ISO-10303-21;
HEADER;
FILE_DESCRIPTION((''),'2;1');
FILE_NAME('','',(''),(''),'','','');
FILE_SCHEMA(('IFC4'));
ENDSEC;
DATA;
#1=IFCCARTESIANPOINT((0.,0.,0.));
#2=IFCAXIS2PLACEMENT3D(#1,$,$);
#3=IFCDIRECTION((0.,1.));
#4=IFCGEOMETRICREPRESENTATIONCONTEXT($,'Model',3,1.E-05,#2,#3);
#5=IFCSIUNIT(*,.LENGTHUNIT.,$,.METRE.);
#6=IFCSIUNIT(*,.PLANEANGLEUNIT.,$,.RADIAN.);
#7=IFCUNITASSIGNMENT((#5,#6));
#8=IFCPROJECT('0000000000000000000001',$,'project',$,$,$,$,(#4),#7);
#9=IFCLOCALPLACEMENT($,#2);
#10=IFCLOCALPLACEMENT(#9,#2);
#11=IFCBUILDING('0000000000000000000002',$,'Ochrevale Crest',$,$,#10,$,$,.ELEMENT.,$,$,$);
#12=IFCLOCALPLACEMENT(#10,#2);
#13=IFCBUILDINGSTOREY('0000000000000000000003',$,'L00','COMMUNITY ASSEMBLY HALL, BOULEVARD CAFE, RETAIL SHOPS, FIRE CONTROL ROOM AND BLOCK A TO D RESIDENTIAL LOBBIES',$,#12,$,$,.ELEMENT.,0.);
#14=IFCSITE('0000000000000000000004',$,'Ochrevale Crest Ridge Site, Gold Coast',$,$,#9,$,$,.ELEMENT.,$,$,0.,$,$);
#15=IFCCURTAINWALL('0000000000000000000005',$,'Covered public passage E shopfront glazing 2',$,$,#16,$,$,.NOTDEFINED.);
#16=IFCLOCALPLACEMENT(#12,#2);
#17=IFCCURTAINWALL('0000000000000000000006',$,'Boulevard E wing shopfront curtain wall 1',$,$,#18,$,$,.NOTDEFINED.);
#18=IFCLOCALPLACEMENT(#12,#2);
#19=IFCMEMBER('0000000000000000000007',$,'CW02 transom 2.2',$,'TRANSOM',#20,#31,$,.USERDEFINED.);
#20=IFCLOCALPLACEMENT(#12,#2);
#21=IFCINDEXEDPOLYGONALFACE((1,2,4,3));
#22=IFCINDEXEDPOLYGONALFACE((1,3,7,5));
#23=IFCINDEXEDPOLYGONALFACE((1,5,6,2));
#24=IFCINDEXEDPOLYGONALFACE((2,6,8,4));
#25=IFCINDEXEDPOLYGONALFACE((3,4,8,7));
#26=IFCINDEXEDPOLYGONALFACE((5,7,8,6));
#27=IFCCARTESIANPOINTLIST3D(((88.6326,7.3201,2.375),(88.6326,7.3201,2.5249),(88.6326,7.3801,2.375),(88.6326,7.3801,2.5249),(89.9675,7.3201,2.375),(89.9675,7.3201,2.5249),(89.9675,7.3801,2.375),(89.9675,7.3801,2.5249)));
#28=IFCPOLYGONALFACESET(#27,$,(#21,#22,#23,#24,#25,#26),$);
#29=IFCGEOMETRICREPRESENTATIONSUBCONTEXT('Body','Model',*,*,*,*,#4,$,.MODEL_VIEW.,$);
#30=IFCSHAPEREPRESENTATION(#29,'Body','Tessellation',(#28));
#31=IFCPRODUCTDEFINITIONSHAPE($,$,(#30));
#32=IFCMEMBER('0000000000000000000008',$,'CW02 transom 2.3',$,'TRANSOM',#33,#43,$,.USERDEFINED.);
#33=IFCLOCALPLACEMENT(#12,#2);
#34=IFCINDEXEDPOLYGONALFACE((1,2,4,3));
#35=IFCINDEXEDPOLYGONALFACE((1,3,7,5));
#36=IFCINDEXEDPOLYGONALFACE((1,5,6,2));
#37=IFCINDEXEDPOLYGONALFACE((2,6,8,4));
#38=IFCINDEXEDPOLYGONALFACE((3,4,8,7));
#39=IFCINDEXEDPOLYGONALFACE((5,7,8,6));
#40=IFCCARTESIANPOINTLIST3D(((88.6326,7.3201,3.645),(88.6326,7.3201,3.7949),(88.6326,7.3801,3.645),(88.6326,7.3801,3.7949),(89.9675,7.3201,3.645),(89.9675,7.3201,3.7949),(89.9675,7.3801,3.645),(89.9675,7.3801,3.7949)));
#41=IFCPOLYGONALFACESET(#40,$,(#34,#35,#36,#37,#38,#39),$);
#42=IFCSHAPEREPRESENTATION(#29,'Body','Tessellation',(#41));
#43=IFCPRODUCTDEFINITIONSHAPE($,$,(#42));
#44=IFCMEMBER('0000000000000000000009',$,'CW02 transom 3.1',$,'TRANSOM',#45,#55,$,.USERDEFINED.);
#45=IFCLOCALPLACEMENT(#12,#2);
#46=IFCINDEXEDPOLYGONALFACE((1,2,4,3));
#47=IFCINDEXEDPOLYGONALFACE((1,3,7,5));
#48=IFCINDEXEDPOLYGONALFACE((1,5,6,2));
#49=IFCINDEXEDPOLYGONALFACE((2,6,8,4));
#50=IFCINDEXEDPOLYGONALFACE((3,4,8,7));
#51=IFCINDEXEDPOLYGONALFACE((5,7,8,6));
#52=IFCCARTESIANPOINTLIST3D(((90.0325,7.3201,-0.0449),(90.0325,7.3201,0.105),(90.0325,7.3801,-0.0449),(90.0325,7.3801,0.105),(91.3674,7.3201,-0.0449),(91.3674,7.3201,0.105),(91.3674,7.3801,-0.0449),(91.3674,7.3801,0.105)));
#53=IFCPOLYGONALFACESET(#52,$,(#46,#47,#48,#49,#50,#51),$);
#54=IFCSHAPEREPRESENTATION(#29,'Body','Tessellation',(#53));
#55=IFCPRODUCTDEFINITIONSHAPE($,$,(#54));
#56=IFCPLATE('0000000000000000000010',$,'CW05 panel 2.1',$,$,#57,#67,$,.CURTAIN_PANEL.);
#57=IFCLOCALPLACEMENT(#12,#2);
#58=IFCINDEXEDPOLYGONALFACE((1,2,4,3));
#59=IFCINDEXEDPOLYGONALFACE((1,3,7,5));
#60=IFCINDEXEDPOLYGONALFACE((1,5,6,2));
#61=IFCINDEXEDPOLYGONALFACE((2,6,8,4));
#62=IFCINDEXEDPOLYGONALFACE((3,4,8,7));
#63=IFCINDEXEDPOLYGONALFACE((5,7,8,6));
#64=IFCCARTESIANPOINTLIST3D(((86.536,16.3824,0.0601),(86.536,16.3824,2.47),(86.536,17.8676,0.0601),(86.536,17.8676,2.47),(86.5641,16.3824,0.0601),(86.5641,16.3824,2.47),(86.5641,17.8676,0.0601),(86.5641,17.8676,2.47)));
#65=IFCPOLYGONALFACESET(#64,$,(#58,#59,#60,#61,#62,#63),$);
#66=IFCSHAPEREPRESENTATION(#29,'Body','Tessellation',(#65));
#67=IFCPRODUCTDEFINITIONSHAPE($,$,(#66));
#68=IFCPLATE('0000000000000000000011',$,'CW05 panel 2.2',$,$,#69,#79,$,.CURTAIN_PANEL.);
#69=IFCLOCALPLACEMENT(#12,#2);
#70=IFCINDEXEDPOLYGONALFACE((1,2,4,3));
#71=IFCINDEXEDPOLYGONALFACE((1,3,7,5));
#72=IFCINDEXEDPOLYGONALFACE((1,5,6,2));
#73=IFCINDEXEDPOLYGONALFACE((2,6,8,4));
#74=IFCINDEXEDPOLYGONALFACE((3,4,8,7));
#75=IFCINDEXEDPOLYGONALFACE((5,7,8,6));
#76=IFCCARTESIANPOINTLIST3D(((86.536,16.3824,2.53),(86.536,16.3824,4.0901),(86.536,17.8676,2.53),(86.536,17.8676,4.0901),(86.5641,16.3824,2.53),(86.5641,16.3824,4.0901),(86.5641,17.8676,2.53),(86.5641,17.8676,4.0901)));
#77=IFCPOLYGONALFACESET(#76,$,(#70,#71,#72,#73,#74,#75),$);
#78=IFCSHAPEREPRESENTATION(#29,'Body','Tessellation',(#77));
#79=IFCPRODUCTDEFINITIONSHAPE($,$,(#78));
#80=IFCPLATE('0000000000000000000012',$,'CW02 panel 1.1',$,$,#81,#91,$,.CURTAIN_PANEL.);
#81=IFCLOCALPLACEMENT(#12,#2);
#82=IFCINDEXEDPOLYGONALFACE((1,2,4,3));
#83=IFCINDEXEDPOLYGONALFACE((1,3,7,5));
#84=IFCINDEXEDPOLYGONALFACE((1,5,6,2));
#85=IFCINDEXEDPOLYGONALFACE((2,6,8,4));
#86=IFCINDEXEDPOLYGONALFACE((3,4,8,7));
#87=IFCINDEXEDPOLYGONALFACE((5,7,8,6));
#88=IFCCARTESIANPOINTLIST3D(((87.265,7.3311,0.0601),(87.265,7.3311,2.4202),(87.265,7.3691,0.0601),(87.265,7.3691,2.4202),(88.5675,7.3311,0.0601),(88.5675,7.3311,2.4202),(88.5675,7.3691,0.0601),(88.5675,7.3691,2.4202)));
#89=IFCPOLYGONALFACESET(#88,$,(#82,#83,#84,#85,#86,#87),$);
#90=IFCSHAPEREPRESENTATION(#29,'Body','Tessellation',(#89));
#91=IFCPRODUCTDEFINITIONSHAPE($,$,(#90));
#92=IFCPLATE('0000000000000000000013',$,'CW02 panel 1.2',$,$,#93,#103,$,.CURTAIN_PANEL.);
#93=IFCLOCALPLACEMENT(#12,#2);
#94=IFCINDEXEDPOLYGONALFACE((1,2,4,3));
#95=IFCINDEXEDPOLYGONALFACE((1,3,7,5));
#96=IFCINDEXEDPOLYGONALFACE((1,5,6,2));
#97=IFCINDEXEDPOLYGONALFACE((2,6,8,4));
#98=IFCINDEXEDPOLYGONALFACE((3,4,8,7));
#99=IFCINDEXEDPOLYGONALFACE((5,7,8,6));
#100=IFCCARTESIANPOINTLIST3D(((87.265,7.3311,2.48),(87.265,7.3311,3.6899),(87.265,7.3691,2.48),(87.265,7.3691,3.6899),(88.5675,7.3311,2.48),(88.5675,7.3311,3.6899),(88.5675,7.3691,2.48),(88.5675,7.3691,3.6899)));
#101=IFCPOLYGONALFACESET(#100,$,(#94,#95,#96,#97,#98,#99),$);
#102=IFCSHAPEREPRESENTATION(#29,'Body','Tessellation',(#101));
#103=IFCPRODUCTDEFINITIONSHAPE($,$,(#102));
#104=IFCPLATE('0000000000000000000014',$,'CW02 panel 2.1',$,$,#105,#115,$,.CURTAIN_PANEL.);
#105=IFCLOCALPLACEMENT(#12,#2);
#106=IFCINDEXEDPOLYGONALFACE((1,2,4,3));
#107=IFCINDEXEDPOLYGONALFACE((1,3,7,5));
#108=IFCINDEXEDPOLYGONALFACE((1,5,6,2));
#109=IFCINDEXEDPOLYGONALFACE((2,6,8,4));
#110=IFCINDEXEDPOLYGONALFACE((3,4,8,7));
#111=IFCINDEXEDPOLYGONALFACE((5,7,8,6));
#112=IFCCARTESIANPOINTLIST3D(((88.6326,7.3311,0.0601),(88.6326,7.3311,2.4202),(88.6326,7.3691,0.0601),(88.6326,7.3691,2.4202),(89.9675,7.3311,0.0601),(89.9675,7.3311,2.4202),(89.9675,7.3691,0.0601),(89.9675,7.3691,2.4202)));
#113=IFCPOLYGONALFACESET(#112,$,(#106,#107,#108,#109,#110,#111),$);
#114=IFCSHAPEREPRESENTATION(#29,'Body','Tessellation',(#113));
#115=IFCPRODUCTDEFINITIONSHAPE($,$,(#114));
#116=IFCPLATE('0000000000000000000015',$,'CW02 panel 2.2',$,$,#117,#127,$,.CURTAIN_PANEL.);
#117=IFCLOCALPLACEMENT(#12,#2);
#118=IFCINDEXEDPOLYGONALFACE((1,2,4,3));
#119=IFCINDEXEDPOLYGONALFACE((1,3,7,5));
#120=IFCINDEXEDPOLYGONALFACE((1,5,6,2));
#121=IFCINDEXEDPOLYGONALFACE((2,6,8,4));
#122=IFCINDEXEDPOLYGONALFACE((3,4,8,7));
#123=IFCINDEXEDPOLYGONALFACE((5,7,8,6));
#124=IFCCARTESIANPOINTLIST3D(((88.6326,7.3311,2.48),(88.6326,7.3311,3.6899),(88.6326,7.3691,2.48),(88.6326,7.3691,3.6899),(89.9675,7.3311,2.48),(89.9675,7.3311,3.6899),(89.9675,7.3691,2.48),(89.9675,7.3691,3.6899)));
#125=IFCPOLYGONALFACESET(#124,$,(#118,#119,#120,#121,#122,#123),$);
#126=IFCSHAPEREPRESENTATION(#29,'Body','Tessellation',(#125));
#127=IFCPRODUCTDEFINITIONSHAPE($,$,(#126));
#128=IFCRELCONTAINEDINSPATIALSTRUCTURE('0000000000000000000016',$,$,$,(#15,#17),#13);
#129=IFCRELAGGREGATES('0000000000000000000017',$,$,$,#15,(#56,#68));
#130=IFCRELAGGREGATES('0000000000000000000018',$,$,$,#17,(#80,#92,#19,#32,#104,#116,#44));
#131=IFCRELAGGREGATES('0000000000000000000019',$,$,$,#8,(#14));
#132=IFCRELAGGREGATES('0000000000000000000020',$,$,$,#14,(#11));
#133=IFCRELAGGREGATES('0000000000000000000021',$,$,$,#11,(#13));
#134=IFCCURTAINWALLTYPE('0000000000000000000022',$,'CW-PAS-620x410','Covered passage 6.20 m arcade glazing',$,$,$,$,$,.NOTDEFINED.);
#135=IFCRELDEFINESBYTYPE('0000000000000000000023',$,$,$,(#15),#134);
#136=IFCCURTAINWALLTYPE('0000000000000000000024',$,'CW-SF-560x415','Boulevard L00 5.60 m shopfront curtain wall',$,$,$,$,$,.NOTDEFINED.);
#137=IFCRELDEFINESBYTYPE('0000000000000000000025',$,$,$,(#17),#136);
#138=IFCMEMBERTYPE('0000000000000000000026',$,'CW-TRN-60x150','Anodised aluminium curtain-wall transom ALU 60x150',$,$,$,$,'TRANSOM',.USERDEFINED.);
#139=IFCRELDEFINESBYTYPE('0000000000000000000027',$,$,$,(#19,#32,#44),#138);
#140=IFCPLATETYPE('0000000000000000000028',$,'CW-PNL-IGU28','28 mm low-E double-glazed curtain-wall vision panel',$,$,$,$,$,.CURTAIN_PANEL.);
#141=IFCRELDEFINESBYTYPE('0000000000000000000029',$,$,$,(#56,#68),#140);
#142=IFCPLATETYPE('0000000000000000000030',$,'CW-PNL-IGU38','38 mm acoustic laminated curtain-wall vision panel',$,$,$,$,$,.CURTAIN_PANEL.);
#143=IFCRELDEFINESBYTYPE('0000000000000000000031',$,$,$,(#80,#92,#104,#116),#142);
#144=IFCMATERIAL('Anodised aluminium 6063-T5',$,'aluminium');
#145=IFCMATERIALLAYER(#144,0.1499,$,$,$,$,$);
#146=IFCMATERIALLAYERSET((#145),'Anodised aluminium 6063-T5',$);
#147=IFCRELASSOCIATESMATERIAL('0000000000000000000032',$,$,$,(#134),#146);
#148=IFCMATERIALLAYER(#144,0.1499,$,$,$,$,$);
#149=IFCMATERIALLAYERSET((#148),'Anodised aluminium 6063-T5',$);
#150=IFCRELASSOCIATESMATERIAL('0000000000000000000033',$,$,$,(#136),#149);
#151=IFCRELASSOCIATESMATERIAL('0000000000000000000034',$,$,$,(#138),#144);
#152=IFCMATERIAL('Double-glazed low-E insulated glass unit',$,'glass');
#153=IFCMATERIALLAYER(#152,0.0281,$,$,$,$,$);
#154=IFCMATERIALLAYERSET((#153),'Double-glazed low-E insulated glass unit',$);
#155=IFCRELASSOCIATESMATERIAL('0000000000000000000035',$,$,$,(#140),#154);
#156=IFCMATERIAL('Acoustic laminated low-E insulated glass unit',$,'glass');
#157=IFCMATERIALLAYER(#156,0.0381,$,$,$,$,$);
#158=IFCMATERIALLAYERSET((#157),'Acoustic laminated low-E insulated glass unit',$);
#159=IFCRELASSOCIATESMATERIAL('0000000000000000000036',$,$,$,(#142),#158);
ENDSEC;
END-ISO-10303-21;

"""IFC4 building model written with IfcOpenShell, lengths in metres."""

from ifc_helpers import new_model, si_unit, direction, frame, origin, origin_2d, place, context, subcontext, project, spatial, rectangle, extrude, material, layer, layer_set, material_profile, profile_set, type_object, element, aggregate, save


model = new_model("IFC4")

# Units and contexts
model_context = context("Model", 3, precision=1e-05, world=origin(), true_north=direction((0.0, 1.0)))
body_context = subcontext(model_context, "Body", "Model", "MODEL_VIEW")
ifc_project = project(units=[si_unit("LENGTHUNIT", "METRE"), si_unit("PLANEANGLEUNIT", "RADIAN")], contexts=[model_context])

# Site, building, storey
site_placement = place(None, origin())
site = spatial("IfcSite", under=ifc_project, at=site_placement, Name="Ochrevale Crest Ridge Site, Gold Coast", CompositionType="ELEMENT", RefElevation=0.0)
building_placement = place(site_placement, origin())
building = spatial("IfcBuilding", under=site, at=building_placement, Name="Ochrevale Crest", CompositionType="ELEMENT")
storey_placement = place(building_placement, origin())
storey = spatial("IfcBuildingStorey", under=building, at=storey_placement, Name="L00", Description="COMMUNITY ASSEMBLY HALL, BOULEVARD CAFE, RETAIL SHOPS, FIRE CONTROL ROOM AND BLOCK A TO D RESIDENTIAL LOBBIES", CompositionType="ELEMENT", Elevation=0.0)

# Curtain wall
ifc_material_1 = material(Name="Anodised aluminium 6063-T5", Category="aluminium")
ifc_layer_1 = layer(ifc_material_1, 0.1499)
ifc_layer_set_1 = layer_set([ifc_layer_1], Name="Anodised aluminium 6063-T5")
curtain_wall_type_1 = type_object("IfcCurtainWallType", Name="CW-PAS-620x410", Description="Covered passage 6.20 m arcade glazing", PredefinedType="NOTDEFINED", material=ifc_layer_set_1)
curtain_wall_1_placement = place(storey_placement, origin())
curtain_wall_1 = element("IfcCurtainWall", 1, at=curtain_wall_1_placement, inside=storey, type_object=curtain_wall_type_1, Name="Covered public passage E shopfront glazing 2", PredefinedType="NOTDEFINED")

# Curtain wall
ifc_layer_2 = layer(ifc_material_1, 0.1499)
ifc_layer_set_2 = layer_set([ifc_layer_2], Name="Anodised aluminium 6063-T5")
curtain_wall_type_2 = type_object("IfcCurtainWallType", Name="CW-SF-560x415", Description="Boulevard L00 5.60 m shopfront curtain wall", PredefinedType="NOTDEFINED", material=ifc_layer_set_2)
curtain_wall_2_placement = place(storey_placement, origin())
curtain_wall_2 = element("IfcCurtainWall", 2, at=curtain_wall_2_placement, inside=storey, type_object=curtain_wall_type_2, Name="Boulevard E wing shopfront curtain wall 1", PredefinedType="NOTDEFINED")

# Members
ifc_material_profile_1 = material_profile(ifc_material_1, rectangle(XDim=0.0601, YDim=0.1499, at=origin_2d()), Name="ALU 60x150")
ifc_profile_set_1 = profile_set([ifc_material_profile_1], Name="Anodised aluminium 6063-T5")
member_type_1 = type_object("IfcMemberType", Name="CW-TRN-60x150", Description="Anodised aluminium curtain-wall transom ALU 60x150", ElementType="TRANSOM", PredefinedType="USERDEFINED", material=ifc_profile_set_1)
member_1_placement = place(storey_placement, frame((88.6326, 7.3501, 2.45), z_axis=(1.0, 0.0, 0.0), x_axis=(0.0, 1.0, 0.0)))
member_1 = element("IfcMember", 3, at=member_1_placement, type_object=member_type_1, Name="CW02 transom 2.2", ObjectType="TRANSOM", PredefinedType="USERDEFINED", context=body_context, shape_type="SweptSolid", body=[
    extrude(rectangle(XDim=0.0601, YDim=0.1499, at=origin_2d()), origin(), (0.0, 0.0, 1.0), 1.335),
])
member_2_placement = place(storey_placement, frame((88.6326, 7.3501, 3.72), z_axis=(1.0, 0.0, 0.0), x_axis=(0.0, 1.0, 0.0)))
member_2 = element("IfcMember", 4, at=member_2_placement, type_object=member_type_1, Name="CW02 transom 2.3", ObjectType="TRANSOM", PredefinedType="USERDEFINED", context=body_context, shape_type="SweptSolid", body=[
    extrude(rectangle(XDim=0.0601, YDim=0.1499, at=origin_2d()), origin(), (0.0, 0.0, 1.0), 1.335),
])
member_3_placement = place(storey_placement, frame((90.0325, 7.3501, 0.03), z_axis=(1.0, 0.0, 0.0), x_axis=(0.0, 1.0, 0.0)))
member_3 = element("IfcMember", 5, at=member_3_placement, type_object=member_type_1, Name="CW02 transom 3.1", ObjectType="TRANSOM", PredefinedType="USERDEFINED", context=body_context, shape_type="SweptSolid", body=[
    extrude(rectangle(XDim=0.0601, YDim=0.1499, at=origin_2d()), origin(), (0.0, 0.0, 1.0), 1.335),
])

# Plates
ifc_material_2 = material(Name="Double-glazed low-E insulated glass unit", Category="glass")
ifc_layer_3 = layer(ifc_material_2, 0.0281)
ifc_layer_set_3 = layer_set([ifc_layer_3], Name="Double-glazed low-E insulated glass unit")
plate_type_1 = type_object("IfcPlateType", Name="CW-PNL-IGU28", Description="28 mm low-E double-glazed curtain-wall vision panel", PredefinedType="CURTAIN_PANEL", material=ifc_layer_set_3)
plate_1_placement = place(storey_placement, frame((86.55, 17.125, 0.0601), z_axis=(0.0, 0.0, 1.0), x_axis=(0.0, 1.0, 0.0)))
plate_1 = element("IfcPlate", 6, at=plate_1_placement, type_object=plate_type_1, Name="CW05 panel 2.1", PredefinedType="CURTAIN_PANEL", context=body_context, shape_type="SweptSolid", body=[
    extrude(rectangle(XDim=1.4851, YDim=0.0281, at=origin_2d()), origin(), (0.0, 0.0, 1.0), 2.4099),
])
plate_2_placement = place(storey_placement, frame((86.55, 17.125, 2.53), z_axis=(0.0, 0.0, 1.0), x_axis=(0.0, 1.0, 0.0)))
plate_2 = element("IfcPlate", 7, at=plate_2_placement, type_object=plate_type_1, Name="CW05 panel 2.2", PredefinedType="CURTAIN_PANEL", context=body_context, shape_type="SweptSolid", body=[
    extrude(rectangle(XDim=1.4851, YDim=0.0281, at=origin_2d()), origin(), (0.0, 0.0, 1.0), 1.5601),
])
aggregate(curtain_wall_1, [plate_1, plate_2])
ifc_material_3 = material(Name="Acoustic laminated low-E insulated glass unit", Category="glass")
ifc_layer_4 = layer(ifc_material_3, 0.0381)
ifc_layer_set_4 = layer_set([ifc_layer_4], Name="Acoustic laminated low-E insulated glass unit")
plate_type_2 = type_object("IfcPlateType", Name="CW-PNL-IGU38", Description="38 mm acoustic laminated curtain-wall vision panel", PredefinedType="CURTAIN_PANEL", material=ifc_layer_set_4)
plate_3_placement = place(storey_placement, frame((87.9163, 7.3501, 0.0601), z_axis=(0.0, 0.0, 1.0), x_axis=(1.0, 0.0, 0.0)))
plate_3 = element("IfcPlate", 8, at=plate_3_placement, type_object=plate_type_2, Name="CW02 panel 1.1", PredefinedType="CURTAIN_PANEL", context=body_context, shape_type="SweptSolid", body=[
    extrude(rectangle(XDim=1.3025, YDim=0.0381, at=origin_2d()), origin(), (0.0, 0.0, 1.0), 2.3601),
])
plate_4_placement = place(storey_placement, frame((87.9163, 7.3501, 2.48), z_axis=(0.0, 0.0, 1.0), x_axis=(1.0, 0.0, 0.0)))
plate_4 = element("IfcPlate", 9, at=plate_4_placement, type_object=plate_type_2, Name="CW02 panel 1.2", PredefinedType="CURTAIN_PANEL", context=body_context, shape_type="SweptSolid", body=[
    extrude(rectangle(XDim=1.3025, YDim=0.0381, at=origin_2d()), origin(), (0.0, 0.0, 1.0), 1.21),
])
plate_5_placement = place(storey_placement, frame((89.3, 7.3501, 0.0601), z_axis=(0.0, 0.0, 1.0), x_axis=(1.0, 0.0, 0.0)))
plate_5 = element("IfcPlate", 10, at=plate_5_placement, type_object=plate_type_2, Name="CW02 panel 2.1", PredefinedType="CURTAIN_PANEL", context=body_context, shape_type="SweptSolid", body=[
    extrude(rectangle(XDim=1.335, YDim=0.0381, at=origin_2d()), origin(), (0.0, 0.0, 1.0), 2.3601),
])
plate_6_placement = place(storey_placement, frame((89.3, 7.3501, 2.48), z_axis=(0.0, 0.0, 1.0), x_axis=(1.0, 0.0, 0.0)))
plate_6 = element("IfcPlate", 11, at=plate_6_placement, type_object=plate_type_2, Name="CW02 panel 2.2", PredefinedType="CURTAIN_PANEL", context=body_context, shape_type="SweptSolid", body=[
    extrude(rectangle(XDim=1.335, YDim=0.0381, at=origin_2d()), origin(), (0.0, 0.0, 1.0), 1.21),
])
aggregate(curtain_wall_2, [plate_3, plate_4, member_1, member_2, plate_5, plate_6, member_3])

save(model, "model.ifc")
